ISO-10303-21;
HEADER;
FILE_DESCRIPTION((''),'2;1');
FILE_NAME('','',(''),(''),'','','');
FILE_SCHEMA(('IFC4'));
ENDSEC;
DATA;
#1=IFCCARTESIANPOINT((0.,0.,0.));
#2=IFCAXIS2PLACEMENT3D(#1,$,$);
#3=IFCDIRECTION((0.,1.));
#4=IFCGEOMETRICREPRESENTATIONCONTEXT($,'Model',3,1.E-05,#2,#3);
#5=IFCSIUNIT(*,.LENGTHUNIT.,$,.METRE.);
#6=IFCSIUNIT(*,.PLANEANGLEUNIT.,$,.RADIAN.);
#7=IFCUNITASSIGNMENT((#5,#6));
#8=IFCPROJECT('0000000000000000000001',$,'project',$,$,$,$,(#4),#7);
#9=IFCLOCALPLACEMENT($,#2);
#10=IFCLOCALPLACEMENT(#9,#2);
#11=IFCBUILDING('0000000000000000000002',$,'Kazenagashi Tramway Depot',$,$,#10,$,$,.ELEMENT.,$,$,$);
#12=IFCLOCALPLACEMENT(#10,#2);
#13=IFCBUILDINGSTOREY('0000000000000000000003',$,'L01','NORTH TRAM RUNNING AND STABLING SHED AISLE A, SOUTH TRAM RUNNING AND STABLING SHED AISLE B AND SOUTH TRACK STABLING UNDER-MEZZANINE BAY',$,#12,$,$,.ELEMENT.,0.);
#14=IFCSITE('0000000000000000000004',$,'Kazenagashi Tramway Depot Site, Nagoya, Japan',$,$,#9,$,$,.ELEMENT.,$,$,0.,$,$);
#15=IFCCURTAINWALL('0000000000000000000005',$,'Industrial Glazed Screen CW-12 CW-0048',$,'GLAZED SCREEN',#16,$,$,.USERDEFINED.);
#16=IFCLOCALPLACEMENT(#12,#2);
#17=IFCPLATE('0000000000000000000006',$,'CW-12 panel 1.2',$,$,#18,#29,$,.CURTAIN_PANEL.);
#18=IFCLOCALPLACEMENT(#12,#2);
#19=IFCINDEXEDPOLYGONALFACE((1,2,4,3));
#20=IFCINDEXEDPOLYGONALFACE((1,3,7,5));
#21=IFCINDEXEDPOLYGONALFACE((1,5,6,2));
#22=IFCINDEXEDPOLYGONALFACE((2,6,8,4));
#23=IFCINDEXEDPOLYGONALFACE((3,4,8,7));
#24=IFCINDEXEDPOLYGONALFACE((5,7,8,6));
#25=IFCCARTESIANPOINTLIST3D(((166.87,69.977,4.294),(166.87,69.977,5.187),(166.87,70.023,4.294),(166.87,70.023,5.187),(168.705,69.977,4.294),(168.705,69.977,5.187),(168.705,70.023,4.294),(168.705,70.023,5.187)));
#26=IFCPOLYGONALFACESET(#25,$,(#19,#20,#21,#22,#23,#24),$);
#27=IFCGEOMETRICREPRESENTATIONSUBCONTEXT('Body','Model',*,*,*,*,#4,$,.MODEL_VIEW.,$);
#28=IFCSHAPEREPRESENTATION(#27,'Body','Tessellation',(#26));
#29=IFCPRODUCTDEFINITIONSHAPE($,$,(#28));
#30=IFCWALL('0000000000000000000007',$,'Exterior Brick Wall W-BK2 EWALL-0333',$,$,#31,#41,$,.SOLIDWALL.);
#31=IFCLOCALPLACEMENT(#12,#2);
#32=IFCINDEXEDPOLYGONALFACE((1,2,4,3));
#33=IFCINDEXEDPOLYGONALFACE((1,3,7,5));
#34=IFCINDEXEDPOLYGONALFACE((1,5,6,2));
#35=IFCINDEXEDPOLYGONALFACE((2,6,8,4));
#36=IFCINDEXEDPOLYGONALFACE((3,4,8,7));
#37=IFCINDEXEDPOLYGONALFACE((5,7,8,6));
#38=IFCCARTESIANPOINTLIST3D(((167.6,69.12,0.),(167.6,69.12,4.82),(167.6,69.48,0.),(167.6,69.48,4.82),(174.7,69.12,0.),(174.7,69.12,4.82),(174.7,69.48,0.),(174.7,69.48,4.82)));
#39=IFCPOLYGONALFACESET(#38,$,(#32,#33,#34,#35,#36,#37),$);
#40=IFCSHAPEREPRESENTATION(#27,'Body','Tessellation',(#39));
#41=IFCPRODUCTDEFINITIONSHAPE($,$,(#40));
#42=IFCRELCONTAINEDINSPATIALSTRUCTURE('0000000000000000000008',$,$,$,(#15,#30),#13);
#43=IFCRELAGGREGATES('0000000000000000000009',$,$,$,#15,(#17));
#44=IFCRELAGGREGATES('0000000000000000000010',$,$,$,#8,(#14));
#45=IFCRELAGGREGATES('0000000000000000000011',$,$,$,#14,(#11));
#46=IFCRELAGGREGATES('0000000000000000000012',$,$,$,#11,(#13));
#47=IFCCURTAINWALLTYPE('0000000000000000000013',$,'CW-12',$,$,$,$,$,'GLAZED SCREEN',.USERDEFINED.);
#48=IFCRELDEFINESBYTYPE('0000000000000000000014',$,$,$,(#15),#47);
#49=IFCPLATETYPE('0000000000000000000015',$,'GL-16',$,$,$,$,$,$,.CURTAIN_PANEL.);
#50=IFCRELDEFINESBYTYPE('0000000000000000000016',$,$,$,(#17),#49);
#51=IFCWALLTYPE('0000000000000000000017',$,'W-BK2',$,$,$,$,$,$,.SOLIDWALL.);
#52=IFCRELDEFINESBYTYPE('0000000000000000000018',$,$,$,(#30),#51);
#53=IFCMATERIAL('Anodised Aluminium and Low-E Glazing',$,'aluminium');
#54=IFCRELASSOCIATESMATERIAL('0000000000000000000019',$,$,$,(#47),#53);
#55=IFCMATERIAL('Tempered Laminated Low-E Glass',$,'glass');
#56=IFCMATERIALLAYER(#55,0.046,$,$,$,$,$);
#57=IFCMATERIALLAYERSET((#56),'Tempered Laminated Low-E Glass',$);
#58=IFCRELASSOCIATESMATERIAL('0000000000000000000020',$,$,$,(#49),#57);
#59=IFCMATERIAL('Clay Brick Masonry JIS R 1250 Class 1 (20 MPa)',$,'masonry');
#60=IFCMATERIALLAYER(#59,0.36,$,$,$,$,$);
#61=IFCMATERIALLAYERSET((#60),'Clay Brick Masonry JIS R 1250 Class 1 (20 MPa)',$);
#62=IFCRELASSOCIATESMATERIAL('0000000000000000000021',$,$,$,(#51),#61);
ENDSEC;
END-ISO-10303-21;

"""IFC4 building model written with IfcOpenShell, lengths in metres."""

from ifc_helpers import new_model, si_unit, direction, frame, frame_2d, origin, origin_2d, place, context, subcontext, project, spatial, rectangle, extrude, material, layer, layer_set, type_object, element, aggregate, save


model = new_model("IFC4")

# Units and contexts
model_context = context("Model", 3, precision=1e-05, world=origin(), true_north=direction((0.0, 1.0)))
body_context = subcontext(model_context, "Body", "Model", "MODEL_VIEW")
ifc_project = project(units=[si_unit("LENGTHUNIT", "METRE"), si_unit("PLANEANGLEUNIT", "RADIAN")], contexts=[model_context])

# Site, building, storey
site_placement = place(None, origin())
site = spatial("IfcSite", under=ifc_project, at=site_placement, Name="Kazenagashi Tramway Depot Site, Nagoya, Japan", CompositionType="ELEMENT", RefElevation=0.0)
building_placement = place(site_placement, origin())
building = spatial("IfcBuilding", under=site, at=building_placement, Name="Kazenagashi Tramway Depot", CompositionType="ELEMENT")
storey_placement = place(building_placement, origin())
storey = spatial("IfcBuildingStorey", under=building, at=storey_placement, Name="L01", Description="NORTH TRAM RUNNING AND STABLING SHED AISLE A, SOUTH TRAM RUNNING AND STABLING SHED AISLE B AND SOUTH TRACK STABLING UNDER-MEZZANINE BAY", CompositionType="ELEMENT", Elevation=0.0)

# Curtain wall
ifc_material_1 = material(Name="Anodised Aluminium and Low-E Glazing", Category="aluminium")
curtain_wall_type_1 = type_object("IfcCurtainWallType", Name="CW-12", ElementType="GLAZED SCREEN", PredefinedType="USERDEFINED", material=ifc_material_1)
curtain_wall_1_placement = place(storey_placement, origin())
curtain_wall_1 = element("IfcCurtainWall", 1, at=curtain_wall_1_placement, inside=storey, type_object=curtain_wall_type_1, Name="Industrial Glazed Screen CW-12 CW-0048", ObjectType="GLAZED SCREEN", PredefinedType="USERDEFINED")

# Plate
ifc_material_2 = material(Name="Tempered Laminated Low-E Glass", Category="glass")
ifc_layer_1 = layer(ifc_material_2, 0.046)
ifc_layer_set_1 = layer_set([ifc_layer_1], Name="Tempered Laminated Low-E Glass")
plate_type_1 = type_object("IfcPlateType", Name="GL-16", PredefinedType="CURTAIN_PANEL", material=ifc_layer_set_1)
plate_1_placement = place(storey_placement, frame((167.7875, 70.0, 4.294), z_axis=(0.0, 0.0, 1.0), x_axis=(1.0, 0.0, 0.0)))
plate_1 = element("IfcPlate", 2, at=plate_1_placement, type_object=plate_type_1, Name="CW-12 panel 1.2", PredefinedType="CURTAIN_PANEL", context=body_context, shape_type="SweptSolid", body=[
    extrude(rectangle(XDim=1.835, YDim=0.046, at=origin_2d()), origin(), (0.0, 0.0, 1.0), 0.893),
])
aggregate(curtain_wall_1, [plate_1])

# Wall
ifc_material_3 = material(Name="Clay Brick Masonry JIS R 1250 Class 1 (20 MPa)", Category="masonry")
ifc_layer_2 = layer(ifc_material_3, 0.36)
ifc_layer_set_2 = layer_set([ifc_layer_2], Name="Clay Brick Masonry JIS R 1250 Class 1 (20 MPa)")
wall_type = type_object("IfcWallType", Name="W-BK2", PredefinedType="SOLIDWALL", material=ifc_layer_set_2)
wall_placement = place(storey_placement, frame((167.6, 69.3, 0.0), z_axis=(0.0, 0.0, 1.0), x_axis=(1.0, 0.0, 0.0)))
element("IfcWall", 3, at=wall_placement, inside=storey, type_object=wall_type, Name="Exterior Brick Wall W-BK2 EWALL-0333", PredefinedType="SOLIDWALL", context=body_context, shape_type="SweptSolid", body=[
    extrude(rectangle(XDim=7.1, YDim=0.36, at=frame_2d((3.55, 0.0))), origin(), (0.0, 0.0, 1.0), 4.82),
])

save(model, "model.ifc")
